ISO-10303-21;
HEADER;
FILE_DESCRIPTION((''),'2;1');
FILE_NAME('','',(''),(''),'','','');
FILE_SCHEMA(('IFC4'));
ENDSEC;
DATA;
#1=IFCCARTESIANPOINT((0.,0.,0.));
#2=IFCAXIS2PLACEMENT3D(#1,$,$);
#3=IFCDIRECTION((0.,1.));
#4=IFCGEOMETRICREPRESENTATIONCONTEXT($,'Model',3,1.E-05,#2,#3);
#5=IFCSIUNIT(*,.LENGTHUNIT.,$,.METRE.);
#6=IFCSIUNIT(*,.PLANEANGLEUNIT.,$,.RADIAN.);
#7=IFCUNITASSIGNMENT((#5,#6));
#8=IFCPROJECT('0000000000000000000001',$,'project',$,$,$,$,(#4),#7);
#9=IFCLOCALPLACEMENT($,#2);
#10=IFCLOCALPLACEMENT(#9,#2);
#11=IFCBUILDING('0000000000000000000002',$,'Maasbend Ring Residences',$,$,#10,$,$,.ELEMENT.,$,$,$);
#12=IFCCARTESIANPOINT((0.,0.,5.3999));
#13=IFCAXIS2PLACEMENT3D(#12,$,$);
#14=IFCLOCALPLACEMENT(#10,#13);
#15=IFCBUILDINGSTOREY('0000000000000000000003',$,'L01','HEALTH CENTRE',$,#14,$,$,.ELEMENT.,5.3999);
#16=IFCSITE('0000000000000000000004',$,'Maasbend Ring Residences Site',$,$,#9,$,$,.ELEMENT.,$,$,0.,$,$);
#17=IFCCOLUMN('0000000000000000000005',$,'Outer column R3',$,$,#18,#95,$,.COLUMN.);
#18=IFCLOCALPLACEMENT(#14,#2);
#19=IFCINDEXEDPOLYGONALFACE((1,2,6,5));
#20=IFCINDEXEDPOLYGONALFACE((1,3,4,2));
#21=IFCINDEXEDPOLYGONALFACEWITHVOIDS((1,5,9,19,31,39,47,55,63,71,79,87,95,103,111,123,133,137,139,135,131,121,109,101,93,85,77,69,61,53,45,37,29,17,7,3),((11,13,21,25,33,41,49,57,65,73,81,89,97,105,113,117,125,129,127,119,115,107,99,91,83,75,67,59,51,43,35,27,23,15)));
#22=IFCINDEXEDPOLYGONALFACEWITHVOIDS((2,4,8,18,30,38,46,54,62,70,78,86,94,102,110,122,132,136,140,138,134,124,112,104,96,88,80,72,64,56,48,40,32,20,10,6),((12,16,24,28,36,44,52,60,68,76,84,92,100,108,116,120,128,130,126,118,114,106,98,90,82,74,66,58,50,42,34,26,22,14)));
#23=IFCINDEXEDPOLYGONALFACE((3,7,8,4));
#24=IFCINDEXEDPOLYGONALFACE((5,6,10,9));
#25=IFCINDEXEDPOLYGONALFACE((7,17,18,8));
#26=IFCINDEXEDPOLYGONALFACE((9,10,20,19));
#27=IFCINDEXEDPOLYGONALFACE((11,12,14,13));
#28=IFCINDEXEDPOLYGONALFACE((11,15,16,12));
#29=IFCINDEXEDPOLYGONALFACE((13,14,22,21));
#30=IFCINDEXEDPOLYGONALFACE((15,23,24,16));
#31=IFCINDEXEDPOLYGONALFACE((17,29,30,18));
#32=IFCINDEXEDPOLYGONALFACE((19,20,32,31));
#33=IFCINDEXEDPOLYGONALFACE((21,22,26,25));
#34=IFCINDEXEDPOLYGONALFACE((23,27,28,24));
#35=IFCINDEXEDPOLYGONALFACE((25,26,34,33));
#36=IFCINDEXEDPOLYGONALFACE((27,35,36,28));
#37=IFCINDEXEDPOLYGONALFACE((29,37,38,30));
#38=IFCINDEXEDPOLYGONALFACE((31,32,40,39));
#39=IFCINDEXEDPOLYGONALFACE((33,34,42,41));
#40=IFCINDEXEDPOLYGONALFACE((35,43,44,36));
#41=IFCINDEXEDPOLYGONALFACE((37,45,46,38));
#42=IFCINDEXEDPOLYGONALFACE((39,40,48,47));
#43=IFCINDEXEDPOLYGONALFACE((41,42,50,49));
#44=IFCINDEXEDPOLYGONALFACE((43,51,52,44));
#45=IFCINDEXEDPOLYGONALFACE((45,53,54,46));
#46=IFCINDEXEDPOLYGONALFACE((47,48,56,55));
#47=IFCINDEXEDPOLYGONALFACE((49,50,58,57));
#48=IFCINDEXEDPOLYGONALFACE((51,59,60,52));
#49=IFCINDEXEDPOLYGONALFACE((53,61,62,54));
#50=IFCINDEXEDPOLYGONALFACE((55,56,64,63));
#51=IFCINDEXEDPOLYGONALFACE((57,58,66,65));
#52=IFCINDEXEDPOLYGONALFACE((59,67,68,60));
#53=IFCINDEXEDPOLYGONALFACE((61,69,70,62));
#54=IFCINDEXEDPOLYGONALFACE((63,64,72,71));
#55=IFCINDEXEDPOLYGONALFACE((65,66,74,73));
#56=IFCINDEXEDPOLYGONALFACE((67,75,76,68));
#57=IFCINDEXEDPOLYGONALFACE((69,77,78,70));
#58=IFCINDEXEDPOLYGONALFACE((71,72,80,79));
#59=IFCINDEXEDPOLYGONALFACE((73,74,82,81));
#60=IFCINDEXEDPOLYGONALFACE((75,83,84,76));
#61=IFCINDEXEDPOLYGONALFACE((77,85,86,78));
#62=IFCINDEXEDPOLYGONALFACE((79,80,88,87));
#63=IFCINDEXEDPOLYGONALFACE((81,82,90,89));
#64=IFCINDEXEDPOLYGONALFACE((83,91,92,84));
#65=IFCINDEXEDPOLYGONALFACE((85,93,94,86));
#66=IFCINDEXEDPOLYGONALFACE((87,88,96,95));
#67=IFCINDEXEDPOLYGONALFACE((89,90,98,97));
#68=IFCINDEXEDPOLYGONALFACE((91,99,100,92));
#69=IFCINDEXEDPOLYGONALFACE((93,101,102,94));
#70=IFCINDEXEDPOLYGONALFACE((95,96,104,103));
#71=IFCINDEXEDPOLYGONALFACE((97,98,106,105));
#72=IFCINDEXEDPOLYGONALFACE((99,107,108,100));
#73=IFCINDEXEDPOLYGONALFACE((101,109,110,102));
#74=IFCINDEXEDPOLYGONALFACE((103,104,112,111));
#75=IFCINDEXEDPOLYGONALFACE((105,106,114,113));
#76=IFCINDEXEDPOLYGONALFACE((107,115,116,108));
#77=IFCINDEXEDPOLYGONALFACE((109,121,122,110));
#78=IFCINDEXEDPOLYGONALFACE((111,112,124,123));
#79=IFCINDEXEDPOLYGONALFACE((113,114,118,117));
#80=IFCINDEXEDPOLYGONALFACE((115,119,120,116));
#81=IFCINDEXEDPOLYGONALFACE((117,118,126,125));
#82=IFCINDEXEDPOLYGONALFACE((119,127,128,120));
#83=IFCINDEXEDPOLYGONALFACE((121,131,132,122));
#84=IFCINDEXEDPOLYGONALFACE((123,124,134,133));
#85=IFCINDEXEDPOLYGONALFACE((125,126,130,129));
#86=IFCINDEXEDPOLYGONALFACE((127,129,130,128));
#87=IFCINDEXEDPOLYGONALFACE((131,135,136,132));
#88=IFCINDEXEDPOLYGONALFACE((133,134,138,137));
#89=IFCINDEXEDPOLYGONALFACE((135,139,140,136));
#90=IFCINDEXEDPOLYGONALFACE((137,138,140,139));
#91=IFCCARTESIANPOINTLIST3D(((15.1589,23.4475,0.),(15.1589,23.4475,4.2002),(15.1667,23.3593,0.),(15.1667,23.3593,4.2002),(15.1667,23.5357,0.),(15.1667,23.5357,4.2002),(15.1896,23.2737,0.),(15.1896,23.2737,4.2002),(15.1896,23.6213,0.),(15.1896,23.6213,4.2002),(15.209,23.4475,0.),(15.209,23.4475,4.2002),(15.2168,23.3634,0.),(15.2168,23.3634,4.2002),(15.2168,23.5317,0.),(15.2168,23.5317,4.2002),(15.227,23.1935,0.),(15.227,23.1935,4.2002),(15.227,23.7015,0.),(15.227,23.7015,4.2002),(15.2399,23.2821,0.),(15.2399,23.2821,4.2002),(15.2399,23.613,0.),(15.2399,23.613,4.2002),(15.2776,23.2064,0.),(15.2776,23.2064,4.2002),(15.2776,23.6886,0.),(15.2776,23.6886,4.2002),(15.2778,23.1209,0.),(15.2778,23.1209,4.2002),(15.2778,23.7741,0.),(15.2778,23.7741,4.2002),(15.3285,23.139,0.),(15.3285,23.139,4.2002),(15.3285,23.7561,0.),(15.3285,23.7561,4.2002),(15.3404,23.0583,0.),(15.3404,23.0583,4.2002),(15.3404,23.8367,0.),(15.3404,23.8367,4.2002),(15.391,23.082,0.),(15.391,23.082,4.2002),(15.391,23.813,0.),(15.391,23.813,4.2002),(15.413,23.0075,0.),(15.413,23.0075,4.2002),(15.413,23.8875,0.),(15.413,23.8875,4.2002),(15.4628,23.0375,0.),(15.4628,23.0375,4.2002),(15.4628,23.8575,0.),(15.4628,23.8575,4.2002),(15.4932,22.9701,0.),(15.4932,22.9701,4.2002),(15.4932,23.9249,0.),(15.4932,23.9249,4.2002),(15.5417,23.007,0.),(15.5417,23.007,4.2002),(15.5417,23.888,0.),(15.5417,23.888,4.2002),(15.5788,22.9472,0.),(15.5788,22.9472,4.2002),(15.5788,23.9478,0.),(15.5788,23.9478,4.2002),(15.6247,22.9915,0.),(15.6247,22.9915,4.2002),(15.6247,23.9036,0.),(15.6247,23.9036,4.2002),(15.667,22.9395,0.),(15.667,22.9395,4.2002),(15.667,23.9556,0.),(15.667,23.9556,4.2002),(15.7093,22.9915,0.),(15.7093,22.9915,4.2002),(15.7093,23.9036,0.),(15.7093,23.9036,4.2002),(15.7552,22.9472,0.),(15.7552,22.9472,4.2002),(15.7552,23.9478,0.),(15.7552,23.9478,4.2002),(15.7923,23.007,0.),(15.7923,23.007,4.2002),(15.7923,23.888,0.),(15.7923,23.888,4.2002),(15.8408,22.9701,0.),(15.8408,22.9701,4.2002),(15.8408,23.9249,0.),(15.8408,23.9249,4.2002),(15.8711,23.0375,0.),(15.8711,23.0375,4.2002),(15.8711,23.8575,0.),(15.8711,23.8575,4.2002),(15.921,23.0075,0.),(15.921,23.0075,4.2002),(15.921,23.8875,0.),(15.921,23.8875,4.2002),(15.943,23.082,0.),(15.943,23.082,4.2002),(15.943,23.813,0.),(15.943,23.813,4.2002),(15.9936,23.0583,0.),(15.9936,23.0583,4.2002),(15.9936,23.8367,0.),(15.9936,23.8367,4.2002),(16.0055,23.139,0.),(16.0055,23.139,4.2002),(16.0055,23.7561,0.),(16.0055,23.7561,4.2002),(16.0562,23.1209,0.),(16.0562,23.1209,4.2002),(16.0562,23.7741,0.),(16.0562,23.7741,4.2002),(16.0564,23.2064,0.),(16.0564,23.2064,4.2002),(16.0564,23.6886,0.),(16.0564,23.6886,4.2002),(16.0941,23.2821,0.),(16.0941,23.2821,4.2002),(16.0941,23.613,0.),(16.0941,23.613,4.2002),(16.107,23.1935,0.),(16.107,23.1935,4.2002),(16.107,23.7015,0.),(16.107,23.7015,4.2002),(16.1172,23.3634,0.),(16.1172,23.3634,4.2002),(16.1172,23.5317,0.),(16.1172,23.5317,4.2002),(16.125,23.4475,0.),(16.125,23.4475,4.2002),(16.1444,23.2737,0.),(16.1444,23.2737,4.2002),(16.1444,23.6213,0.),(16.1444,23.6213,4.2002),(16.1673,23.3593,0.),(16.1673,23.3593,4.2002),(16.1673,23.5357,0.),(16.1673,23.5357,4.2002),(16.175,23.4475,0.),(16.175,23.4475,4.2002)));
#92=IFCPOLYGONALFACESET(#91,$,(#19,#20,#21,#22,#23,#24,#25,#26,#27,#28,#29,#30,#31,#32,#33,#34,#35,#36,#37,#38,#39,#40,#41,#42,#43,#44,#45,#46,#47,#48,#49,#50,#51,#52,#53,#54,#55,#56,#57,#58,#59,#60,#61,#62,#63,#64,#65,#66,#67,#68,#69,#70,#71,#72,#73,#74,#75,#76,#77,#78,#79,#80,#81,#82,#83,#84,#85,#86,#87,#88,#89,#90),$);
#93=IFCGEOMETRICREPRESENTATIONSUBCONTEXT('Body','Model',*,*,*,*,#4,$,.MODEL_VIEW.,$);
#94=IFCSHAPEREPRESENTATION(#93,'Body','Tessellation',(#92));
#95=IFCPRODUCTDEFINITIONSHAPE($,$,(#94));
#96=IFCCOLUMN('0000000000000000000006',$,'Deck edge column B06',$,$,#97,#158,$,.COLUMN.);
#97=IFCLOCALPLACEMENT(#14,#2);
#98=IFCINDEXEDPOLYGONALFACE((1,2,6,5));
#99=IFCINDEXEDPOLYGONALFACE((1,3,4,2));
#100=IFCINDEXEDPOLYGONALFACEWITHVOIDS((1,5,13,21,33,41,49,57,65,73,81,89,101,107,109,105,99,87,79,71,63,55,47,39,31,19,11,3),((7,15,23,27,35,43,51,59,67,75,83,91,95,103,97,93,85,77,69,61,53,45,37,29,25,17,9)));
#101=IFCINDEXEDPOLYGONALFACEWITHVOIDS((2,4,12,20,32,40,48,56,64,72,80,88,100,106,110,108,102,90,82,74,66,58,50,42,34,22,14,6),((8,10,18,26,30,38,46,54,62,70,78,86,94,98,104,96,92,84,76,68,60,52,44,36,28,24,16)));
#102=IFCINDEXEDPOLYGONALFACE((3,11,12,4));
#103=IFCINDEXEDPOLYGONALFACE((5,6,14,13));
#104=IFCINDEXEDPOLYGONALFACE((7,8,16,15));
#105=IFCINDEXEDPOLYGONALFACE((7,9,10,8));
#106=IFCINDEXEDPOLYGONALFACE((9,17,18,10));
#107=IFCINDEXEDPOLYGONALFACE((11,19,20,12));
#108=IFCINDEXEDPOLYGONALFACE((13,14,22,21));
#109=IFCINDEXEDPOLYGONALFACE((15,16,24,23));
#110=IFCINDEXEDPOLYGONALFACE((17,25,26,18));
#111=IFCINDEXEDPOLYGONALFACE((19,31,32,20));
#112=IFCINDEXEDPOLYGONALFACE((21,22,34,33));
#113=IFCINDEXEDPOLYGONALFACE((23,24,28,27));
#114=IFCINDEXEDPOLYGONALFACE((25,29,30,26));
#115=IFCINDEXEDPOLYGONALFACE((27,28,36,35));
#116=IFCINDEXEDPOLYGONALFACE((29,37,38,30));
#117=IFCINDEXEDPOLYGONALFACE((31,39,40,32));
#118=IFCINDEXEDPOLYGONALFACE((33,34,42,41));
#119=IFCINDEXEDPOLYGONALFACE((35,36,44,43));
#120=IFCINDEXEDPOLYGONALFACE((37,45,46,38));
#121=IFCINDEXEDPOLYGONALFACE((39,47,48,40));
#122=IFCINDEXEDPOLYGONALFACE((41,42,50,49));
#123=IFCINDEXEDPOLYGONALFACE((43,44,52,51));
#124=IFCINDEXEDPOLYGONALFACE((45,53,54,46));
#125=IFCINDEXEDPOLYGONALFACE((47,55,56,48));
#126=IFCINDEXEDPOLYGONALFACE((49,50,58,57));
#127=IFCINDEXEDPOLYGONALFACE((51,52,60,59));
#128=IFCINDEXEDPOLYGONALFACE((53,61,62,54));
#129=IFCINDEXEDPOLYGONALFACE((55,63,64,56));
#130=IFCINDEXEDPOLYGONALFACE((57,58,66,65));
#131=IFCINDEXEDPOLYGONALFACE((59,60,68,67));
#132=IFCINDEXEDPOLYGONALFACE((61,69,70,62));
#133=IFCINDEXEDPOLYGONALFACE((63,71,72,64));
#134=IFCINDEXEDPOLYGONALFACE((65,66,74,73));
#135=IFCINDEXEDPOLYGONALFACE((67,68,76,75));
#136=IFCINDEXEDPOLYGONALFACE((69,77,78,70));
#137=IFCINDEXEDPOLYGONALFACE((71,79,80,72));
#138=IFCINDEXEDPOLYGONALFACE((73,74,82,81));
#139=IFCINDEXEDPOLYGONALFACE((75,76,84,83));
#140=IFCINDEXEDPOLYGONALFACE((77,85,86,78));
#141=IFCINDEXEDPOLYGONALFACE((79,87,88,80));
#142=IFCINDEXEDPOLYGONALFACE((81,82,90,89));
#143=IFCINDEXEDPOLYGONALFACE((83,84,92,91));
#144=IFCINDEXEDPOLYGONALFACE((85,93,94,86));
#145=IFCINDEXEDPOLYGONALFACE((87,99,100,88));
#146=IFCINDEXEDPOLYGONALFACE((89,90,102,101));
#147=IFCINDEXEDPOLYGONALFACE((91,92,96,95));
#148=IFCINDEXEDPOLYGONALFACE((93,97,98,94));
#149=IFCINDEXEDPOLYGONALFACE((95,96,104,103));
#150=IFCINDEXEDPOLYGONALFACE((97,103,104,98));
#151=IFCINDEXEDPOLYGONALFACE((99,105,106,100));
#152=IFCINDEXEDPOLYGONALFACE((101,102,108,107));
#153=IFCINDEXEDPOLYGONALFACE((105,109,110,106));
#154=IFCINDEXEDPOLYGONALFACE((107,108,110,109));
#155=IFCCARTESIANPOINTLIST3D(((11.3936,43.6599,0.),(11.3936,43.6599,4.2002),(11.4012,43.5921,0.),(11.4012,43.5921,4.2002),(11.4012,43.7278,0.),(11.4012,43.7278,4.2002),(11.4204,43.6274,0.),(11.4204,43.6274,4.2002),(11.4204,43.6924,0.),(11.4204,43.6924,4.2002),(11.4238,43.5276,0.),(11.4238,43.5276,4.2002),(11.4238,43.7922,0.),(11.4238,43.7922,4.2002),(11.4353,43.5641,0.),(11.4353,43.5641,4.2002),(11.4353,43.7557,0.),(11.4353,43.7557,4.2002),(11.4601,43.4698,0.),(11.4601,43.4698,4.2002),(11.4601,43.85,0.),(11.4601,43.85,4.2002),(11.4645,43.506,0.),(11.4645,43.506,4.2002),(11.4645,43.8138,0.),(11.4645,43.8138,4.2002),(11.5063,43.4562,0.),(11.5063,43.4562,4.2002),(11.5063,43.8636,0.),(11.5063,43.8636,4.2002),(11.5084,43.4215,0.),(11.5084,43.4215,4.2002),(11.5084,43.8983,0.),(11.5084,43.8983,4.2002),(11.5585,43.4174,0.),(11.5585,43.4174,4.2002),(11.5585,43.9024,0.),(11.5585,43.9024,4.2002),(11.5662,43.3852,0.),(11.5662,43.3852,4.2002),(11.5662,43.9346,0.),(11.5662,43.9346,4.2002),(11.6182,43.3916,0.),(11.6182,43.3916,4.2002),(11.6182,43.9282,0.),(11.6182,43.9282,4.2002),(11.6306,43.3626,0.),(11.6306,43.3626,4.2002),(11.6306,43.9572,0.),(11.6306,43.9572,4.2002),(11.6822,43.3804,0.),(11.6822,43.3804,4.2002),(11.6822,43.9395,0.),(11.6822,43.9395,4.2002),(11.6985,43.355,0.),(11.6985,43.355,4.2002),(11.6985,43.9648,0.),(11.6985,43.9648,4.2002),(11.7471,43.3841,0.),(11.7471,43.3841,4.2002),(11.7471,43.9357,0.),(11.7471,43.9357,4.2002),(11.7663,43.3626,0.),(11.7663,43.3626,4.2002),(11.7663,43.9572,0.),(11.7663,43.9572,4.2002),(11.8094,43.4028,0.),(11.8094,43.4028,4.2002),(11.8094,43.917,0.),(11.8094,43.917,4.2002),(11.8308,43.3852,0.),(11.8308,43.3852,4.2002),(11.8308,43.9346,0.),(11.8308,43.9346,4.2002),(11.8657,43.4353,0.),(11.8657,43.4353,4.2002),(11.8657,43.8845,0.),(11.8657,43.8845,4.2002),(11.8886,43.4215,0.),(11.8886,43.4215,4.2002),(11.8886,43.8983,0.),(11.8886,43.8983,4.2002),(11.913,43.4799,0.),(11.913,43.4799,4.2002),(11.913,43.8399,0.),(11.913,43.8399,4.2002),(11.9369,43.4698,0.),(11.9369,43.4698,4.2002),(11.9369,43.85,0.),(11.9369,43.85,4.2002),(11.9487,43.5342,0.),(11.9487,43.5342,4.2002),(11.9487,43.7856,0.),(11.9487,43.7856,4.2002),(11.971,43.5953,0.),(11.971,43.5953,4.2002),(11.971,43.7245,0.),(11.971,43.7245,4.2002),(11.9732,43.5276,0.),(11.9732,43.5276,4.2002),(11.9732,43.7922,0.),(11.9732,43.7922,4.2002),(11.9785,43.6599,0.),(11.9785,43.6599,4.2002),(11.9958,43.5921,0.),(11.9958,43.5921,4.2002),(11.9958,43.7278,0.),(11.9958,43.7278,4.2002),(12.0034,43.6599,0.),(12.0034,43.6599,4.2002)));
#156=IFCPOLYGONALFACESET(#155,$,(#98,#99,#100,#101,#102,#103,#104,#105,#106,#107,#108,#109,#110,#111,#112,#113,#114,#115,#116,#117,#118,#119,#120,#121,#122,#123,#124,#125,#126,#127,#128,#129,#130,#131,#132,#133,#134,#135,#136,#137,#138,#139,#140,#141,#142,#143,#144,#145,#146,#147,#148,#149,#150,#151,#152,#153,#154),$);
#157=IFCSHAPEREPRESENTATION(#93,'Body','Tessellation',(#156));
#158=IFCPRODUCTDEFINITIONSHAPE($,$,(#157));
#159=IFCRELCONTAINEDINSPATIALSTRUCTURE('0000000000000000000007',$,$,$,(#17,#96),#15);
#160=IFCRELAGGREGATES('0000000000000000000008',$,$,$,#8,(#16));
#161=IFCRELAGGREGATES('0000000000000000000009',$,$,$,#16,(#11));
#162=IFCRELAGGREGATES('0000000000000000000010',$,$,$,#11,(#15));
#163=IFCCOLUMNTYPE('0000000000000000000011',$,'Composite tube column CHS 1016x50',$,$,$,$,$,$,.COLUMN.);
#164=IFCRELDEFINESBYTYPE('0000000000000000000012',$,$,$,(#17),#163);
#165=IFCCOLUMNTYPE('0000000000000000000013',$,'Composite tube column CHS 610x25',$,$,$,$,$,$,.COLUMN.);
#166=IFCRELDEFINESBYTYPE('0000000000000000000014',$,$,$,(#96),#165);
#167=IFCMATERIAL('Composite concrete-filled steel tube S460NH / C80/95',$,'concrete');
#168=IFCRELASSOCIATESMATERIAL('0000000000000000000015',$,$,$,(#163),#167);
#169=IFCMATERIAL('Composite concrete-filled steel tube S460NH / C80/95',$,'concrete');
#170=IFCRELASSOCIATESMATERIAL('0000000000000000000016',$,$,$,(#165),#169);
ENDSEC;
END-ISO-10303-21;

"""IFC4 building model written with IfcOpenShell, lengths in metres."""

from ifc_helpers import new_model, si_unit, direction, frame, origin, origin_2d, place, context, subcontext, project, spatial, hollow_circle, extrude, material, material_profile, profile_set, type_object, element, save


model = new_model("IFC4")

# Units and contexts
model_context = context("Model", 3, precision=1e-05, world=origin(), true_north=direction((0.0, 1.0)))
body_context = subcontext(model_context, "Body", "Model", "MODEL_VIEW")
ifc_project = project(units=[si_unit("LENGTHUNIT", "METRE"), si_unit("PLANEANGLEUNIT", "RADIAN")], contexts=[model_context])

# Site, building, storey
site_placement = place(None, origin())
site = spatial("IfcSite", under=ifc_project, at=site_placement, Name="Maasbend Ring Residences Site", CompositionType="ELEMENT", RefElevation=0.0)
building_placement = place(site_placement, origin())
building = spatial("IfcBuilding", under=site, at=building_placement, Name="Maasbend Ring Residences", CompositionType="ELEMENT")
storey_placement = place(building_placement, frame((0.0, 0.0, 5.3999)))
storey = spatial("IfcBuildingStorey", under=building, at=storey_placement, Name="L01", Description="HEALTH CENTRE", CompositionType="ELEMENT", Elevation=5.3999)

# Columns
ifc_material_1 = material(Name="Composite concrete-filled steel tube S460NH / C80/95", Category="concrete")
ifc_material_profile_1 = material_profile(ifc_material_1, hollow_circle(Radius=0.5081, WallThickness=0.05, at=origin_2d()), Name="Composite tube column CHS 1016x50")
ifc_profile_set_1 = profile_set([ifc_material_profile_1], Name="Composite concrete-filled steel tube S460NH / C80/95")
column_type_1 = type_object("IfcColumnType", Name="Composite tube column CHS 1016x50", PredefinedType="COLUMN", material=ifc_profile_set_1)
column_1_placement = place(storey_placement, frame((15.667, 23.4475, 0.0), z_axis=(0.0, 0.0, 1.0), x_axis=(1.0, 0.0, 0.0)))
element("IfcColumn", 1, at=column_1_placement, inside=storey, type_object=column_type_1, Name="Outer column R3", PredefinedType="COLUMN", context=body_context, shape_type="SweptSolid", body=[
    extrude(hollow_circle(Radius=0.5081, WallThickness=0.05, at=origin_2d()), origin(), (0.0, 0.0, 1.0), 4.2002),
])
ifc_material_2 = material(Name="Composite concrete-filled steel tube S460NH / C80/95", Category="concrete")
ifc_material_profile_2 = material_profile(ifc_material_2, hollow_circle(Radius=0.3049, WallThickness=0.0249, at=origin_2d()), Name="Composite tube column CHS 610x25")
ifc_profile_set_2 = profile_set([ifc_material_profile_2], Name="Composite concrete-filled steel tube S460NH / C80/95")
column_type_2 = type_object("IfcColumnType", Name="Composite tube column CHS 610x25", PredefinedType="COLUMN", material=ifc_profile_set_2)
column_2_placement = place(storey_placement, frame((11.6985, 43.6599, 0.0), z_axis=(0.0, 0.0, 1.0), x_axis=(1.0, 0.0, 0.0)))
element("IfcColumn", 2, at=column_2_placement, inside=storey, type_object=column_type_2, Name="Deck edge column B06", PredefinedType="COLUMN", context=body_context, shape_type="SweptSolid", body=[
    extrude(hollow_circle(Radius=0.3049, WallThickness=0.0249, at=origin_2d()), origin(), (0.0, 0.0, 1.0), 4.2002),
])

save(model, "model.ifc")
